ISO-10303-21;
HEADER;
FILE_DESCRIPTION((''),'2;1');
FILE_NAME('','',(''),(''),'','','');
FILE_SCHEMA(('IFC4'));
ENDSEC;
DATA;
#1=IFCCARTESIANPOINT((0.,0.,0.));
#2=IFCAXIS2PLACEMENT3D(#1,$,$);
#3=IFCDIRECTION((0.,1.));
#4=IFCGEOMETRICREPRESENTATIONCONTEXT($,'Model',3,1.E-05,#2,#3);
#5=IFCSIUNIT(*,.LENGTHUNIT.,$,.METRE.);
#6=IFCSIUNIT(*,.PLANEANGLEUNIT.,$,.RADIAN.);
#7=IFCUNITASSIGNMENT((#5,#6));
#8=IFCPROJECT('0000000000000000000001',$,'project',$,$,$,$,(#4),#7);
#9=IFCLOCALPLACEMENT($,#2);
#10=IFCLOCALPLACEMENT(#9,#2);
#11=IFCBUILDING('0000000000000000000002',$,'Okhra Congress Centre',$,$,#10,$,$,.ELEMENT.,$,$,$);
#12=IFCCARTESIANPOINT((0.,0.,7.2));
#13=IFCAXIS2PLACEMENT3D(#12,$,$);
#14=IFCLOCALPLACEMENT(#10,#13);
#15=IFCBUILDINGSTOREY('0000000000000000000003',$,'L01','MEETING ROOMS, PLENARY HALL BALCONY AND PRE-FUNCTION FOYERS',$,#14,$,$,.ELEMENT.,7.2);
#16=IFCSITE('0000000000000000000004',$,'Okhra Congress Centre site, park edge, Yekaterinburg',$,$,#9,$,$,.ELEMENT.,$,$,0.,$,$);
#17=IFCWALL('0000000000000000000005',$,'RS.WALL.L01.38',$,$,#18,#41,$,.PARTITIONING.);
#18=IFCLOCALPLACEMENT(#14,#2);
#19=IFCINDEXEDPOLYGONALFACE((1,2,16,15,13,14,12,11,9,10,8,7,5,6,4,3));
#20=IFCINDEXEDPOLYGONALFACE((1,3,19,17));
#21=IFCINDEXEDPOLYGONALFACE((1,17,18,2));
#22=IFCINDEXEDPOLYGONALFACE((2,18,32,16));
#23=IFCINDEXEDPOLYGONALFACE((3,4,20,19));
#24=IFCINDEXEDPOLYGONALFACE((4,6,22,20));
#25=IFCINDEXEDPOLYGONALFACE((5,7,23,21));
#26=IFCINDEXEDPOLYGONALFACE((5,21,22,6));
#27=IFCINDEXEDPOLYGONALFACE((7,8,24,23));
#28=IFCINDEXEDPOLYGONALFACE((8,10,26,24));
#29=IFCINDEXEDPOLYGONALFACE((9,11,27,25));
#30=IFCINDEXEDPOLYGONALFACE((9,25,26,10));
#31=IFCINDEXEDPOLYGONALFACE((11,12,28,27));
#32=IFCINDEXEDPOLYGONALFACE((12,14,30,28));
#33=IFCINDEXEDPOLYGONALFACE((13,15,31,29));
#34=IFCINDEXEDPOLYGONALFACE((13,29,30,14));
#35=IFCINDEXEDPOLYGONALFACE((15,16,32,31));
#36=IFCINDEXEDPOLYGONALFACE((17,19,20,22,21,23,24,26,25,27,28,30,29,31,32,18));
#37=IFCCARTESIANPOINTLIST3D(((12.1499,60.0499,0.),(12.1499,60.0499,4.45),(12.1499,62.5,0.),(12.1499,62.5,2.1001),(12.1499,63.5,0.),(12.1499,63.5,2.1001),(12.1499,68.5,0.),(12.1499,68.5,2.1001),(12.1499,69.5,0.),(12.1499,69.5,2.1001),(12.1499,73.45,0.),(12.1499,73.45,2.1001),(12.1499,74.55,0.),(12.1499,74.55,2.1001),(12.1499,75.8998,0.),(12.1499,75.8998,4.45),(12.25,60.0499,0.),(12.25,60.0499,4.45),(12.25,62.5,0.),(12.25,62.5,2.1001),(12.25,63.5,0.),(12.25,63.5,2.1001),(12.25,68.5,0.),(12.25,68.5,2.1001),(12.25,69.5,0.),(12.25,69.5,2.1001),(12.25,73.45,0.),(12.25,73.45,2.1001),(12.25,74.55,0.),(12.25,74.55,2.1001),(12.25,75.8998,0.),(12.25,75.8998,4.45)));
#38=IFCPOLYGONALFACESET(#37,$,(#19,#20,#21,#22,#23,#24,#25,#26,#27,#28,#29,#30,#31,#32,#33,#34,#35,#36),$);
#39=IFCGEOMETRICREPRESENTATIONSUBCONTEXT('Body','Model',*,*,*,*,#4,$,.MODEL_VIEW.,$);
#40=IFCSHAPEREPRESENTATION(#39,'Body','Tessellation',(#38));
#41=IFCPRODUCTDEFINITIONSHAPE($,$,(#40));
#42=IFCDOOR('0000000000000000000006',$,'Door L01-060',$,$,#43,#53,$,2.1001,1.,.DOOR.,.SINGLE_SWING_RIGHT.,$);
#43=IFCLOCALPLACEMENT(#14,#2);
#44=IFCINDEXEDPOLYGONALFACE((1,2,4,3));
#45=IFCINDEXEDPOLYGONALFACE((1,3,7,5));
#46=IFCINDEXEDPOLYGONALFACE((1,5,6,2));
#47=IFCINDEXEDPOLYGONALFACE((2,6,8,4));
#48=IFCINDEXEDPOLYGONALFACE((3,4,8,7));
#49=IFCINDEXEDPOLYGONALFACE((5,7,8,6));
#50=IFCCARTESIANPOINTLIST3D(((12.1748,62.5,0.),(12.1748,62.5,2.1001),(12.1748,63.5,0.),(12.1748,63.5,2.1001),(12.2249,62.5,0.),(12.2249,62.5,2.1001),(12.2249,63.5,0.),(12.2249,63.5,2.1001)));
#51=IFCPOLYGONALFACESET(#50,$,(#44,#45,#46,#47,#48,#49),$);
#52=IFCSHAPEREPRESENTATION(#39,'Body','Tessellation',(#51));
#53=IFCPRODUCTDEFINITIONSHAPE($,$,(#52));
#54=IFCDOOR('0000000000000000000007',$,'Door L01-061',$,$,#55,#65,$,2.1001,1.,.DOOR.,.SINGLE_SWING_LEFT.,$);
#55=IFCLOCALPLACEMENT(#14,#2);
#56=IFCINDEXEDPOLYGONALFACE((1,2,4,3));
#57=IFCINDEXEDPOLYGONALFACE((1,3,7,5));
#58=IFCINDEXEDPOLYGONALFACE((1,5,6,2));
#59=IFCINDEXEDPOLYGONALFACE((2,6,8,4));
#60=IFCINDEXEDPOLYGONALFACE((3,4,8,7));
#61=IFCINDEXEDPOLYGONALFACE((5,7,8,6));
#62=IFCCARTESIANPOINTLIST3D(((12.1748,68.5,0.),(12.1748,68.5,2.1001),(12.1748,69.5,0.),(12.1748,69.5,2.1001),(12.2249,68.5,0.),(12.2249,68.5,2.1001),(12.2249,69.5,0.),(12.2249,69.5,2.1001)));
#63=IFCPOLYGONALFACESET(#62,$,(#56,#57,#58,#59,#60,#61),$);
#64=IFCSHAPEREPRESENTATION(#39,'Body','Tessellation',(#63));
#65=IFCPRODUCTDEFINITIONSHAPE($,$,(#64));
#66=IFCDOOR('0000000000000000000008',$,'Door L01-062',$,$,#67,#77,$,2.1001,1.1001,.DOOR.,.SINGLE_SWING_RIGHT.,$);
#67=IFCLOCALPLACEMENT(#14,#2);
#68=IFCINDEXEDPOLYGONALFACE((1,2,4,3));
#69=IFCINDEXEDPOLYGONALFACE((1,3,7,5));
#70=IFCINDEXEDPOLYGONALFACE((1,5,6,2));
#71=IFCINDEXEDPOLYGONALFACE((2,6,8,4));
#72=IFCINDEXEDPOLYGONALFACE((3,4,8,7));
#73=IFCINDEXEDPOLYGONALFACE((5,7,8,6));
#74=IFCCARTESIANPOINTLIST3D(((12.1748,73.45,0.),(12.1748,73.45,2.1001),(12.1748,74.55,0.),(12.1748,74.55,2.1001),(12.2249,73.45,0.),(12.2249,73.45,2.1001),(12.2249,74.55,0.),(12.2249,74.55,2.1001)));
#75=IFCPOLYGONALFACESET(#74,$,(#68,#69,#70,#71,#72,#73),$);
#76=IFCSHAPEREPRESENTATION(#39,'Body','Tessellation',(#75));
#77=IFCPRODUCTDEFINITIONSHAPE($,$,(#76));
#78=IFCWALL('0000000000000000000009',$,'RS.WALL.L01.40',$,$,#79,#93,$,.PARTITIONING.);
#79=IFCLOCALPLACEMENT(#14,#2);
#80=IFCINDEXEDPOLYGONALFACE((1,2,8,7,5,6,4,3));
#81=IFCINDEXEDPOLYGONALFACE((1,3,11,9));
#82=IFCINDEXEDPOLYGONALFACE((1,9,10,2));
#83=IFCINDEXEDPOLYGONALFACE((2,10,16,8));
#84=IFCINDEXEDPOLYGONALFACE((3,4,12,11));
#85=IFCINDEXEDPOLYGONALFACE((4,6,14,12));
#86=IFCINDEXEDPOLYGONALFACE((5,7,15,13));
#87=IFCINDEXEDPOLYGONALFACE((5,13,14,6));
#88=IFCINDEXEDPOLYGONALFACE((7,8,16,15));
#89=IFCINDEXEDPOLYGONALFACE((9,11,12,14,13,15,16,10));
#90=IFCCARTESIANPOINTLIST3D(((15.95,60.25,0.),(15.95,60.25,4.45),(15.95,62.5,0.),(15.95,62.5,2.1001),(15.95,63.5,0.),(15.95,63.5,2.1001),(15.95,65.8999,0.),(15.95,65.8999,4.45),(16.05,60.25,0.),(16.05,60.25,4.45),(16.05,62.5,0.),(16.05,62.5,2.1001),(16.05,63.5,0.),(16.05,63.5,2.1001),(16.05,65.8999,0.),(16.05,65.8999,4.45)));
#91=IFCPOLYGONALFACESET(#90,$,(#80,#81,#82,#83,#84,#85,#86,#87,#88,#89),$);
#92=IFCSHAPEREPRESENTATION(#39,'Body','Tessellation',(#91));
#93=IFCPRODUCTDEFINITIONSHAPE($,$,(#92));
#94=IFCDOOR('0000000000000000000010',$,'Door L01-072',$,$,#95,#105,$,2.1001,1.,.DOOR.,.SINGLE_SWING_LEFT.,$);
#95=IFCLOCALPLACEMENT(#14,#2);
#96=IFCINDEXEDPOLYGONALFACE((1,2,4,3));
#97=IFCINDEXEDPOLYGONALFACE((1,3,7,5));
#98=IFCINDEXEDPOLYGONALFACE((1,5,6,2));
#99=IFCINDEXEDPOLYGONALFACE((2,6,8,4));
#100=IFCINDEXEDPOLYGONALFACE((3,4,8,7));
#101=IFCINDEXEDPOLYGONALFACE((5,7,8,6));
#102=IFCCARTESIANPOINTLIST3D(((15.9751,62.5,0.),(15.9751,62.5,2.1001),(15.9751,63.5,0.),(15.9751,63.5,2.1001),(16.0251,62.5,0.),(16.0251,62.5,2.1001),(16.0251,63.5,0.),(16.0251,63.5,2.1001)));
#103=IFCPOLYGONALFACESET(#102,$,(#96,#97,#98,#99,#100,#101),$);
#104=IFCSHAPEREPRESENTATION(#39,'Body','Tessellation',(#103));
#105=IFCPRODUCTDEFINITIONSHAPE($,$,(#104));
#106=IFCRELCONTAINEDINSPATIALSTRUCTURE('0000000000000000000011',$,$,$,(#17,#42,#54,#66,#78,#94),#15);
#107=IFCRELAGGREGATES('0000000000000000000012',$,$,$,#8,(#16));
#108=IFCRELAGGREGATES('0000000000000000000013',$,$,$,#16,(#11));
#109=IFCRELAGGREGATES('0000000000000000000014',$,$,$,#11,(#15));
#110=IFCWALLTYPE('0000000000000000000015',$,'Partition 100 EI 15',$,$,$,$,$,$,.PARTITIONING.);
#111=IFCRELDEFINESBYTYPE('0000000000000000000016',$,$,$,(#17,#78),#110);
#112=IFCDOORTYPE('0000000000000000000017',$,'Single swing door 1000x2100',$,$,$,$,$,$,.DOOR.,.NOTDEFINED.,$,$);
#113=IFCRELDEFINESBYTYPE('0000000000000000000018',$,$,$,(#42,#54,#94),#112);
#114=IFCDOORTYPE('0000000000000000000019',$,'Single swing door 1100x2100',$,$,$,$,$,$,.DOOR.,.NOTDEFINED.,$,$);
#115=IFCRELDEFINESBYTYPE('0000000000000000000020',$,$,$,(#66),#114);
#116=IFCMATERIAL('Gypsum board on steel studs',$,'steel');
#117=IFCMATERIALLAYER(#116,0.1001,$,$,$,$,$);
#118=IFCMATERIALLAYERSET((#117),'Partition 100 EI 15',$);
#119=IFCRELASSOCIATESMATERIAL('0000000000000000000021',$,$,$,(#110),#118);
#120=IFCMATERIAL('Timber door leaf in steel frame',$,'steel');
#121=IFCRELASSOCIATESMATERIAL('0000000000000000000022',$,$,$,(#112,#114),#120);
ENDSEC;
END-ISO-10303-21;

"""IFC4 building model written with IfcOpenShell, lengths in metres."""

from ifc_helpers import new_model, si_unit, direction, frame, frame_2d, origin, place, context, subcontext, project, spatial, rectangle, extrude, material, layer, layer_set, type_object, element, fill, save


model = new_model("IFC4")

# Units and contexts
model_context = context("Model", 3, precision=1e-05, world=origin(), true_north=direction((0.0, 1.0)))
body_context = subcontext(model_context, "Body", "Model", "MODEL_VIEW")
ifc_project = project(units=[si_unit("LENGTHUNIT", "METRE"), si_unit("PLANEANGLEUNIT", "RADIAN")], contexts=[model_context])

# Site, building, storey
site_placement = place(None, origin())
site = spatial("IfcSite", under=ifc_project, at=site_placement, Name="Okhra Congress Centre site, park edge, Yekaterinburg", CompositionType="ELEMENT", RefElevation=0.0)
building_placement = place(site_placement, origin())
building = spatial("IfcBuilding", under=site, at=building_placement, Name="Okhra Congress Centre", CompositionType="ELEMENT")
storey_placement = place(building_placement, frame((0.0, 0.0, 7.2)))
storey = spatial("IfcBuildingStorey", under=building, at=storey_placement, Name="L01", Description="MEETING ROOMS, PLENARY HALL BALCONY AND PRE-FUNCTION FOYERS", CompositionType="ELEMENT", Elevation=7.2)

# Shared definitions
ifc_material_1 = material(Name="Gypsum board on steel studs", Category="steel")
ifc_layer_1 = layer(ifc_material_1, 0.1001)
ifc_layer_set_1 = layer_set([ifc_layer_1], Name="Partition 100 EI 15")
wall_type_1 = type_object("IfcWallType", Name="Partition 100 EI 15", PredefinedType="PARTITIONING", material=ifc_layer_set_1)

# Wall, openings, doors
wall_1_placement = place(storey_placement, frame((12.2, 60.05, 0.0), z_axis=(0.0, 0.0, 1.0), x_axis=(0.0, 1.0, 0.0)))
wall_1 = element("IfcWall", 1, at=wall_1_placement, inside=storey, type_object=wall_type_1, Name="RS.WALL.L01.38", PredefinedType="PARTITIONING", context=body_context, shape_type="SweptSolid", body=[
    extrude(rectangle(XDim=15.8499, YDim=0.1001, at=frame_2d((7.9248, 0.0))), origin(), (0.0, 0.0, 1.0), 4.45),
])
opening_1_placement = place(wall_1_placement, frame((2.45, 0.0, 0.0)))
opening_1 = element("IfcOpeningElement", 2, at=opening_1_placement, cuts=wall_1, PredefinedType="OPENING", context=body_context, shape_type="SweptSolid", body=[
    extrude(rectangle(XDim=1.0, YDim=2.1001, at=frame_2d((0.5, 1.05))), frame((0.0, 0.0601, 0.0), z_axis=(0.0, -1.0, 0.0), x_axis=(1.0, 0.0, 0.0)), (0.0, 0.0, 1.0), 0.1201),
])
opening_2_placement = place(wall_1_placement, frame((8.45, 0.0, 0.0)))
opening_2 = element("IfcOpeningElement", 3, at=opening_2_placement, cuts=wall_1, PredefinedType="OPENING", context=body_context, shape_type="SweptSolid", body=[
    extrude(rectangle(XDim=1.0, YDim=2.1001, at=frame_2d((0.5, 1.05))), frame((0.0, 0.0601, 0.0), z_axis=(0.0, -1.0, 0.0), x_axis=(1.0, 0.0, 0.0)), (0.0, 0.0, 1.0), 0.1201),
])
opening_3_placement = place(wall_1_placement, frame((13.3999, 0.0, 0.0)))
opening_3 = element("IfcOpeningElement", 4, at=opening_3_placement, cuts=wall_1, PredefinedType="OPENING", context=body_context, shape_type="SweptSolid", body=[
    extrude(rectangle(XDim=1.1001, YDim=2.1001, at=frame_2d((0.55, 1.05))), frame((0.0, 0.0601, 0.0), z_axis=(0.0, -1.0, 0.0), x_axis=(1.0, 0.0, 0.0)), (0.0, 0.0, 1.0), 0.1201),
])
ifc_material_2 = material(Name="Timber door leaf in steel frame", Category="steel")
door_type_1 = type_object("IfcDoorType", Name="Single swing door 1000x2100", OperationType="NOTDEFINED", PredefinedType="DOOR", material=ifc_material_2)
door_1_placement = place(opening_1_placement, frame((1.0, 0.0, 0.0), z_axis=(0.0, 0.0, 1.0), x_axis=(-1.0, 0.0, 0.0)))
door_1 = element("IfcDoor", 5, at=door_1_placement, inside=storey, type_object=door_type_1, Name="Door L01-060", OperationType="SINGLE_SWING_RIGHT", OverallHeight=2.1001, OverallWidth=1.0, PredefinedType="DOOR", context=body_context, shape_type="SweptSolid", body=[
    extrude(rectangle(XDim=1.0, YDim=2.1001, at=frame_2d((0.5, 1.05))), frame((0.0, 0.0249, 0.0), z_axis=(0.0, -1.0, 0.0), x_axis=(1.0, 0.0, 0.0)), (0.0, 0.0, 1.0), 0.05),
])
fill(opening_1, door_1)
door_2_placement = place(opening_2_placement, frame((1.0, 0.0, 0.0), z_axis=(0.0, 0.0, 1.0), x_axis=(-1.0, 0.0, 0.0)))
door_2 = element("IfcDoor", 6, at=door_2_placement, inside=storey, type_object=door_type_1, Name="Door L01-061", OperationType="SINGLE_SWING_LEFT", OverallHeight=2.1001, OverallWidth=1.0, PredefinedType="DOOR", context=body_context, shape_type="SweptSolid", body=[
    extrude(rectangle(XDim=1.0, YDim=2.1001, at=frame_2d((0.5, 1.05))), frame((0.0, 0.0249, 0.0), z_axis=(0.0, -1.0, 0.0), x_axis=(1.0, 0.0, 0.0)), (0.0, 0.0, 1.0), 0.05),
])
fill(opening_2, door_2)
door_type_2 = type_object("IfcDoorType", Name="Single swing door 1100x2100", OperationType="NOTDEFINED", PredefinedType="DOOR", material=ifc_material_2)
door_3_placement = place(opening_3_placement, frame((1.1001, 0.0, 0.0), z_axis=(0.0, 0.0, 1.0), x_axis=(-1.0, 0.0, 0.0)))
door_3 = element("IfcDoor", 7, at=door_3_placement, inside=storey, type_object=door_type_2, Name="Door L01-062", OperationType="SINGLE_SWING_RIGHT", OverallHeight=2.1001, OverallWidth=1.1001, PredefinedType="DOOR", context=body_context, shape_type="SweptSolid", body=[
    extrude(rectangle(XDim=1.1001, YDim=2.1001, at=frame_2d((0.55, 1.05))), frame((0.0, 0.0249, 0.0), z_axis=(0.0, -1.0, 0.0), x_axis=(1.0, 0.0, 0.0)), (0.0, 0.0, 1.0), 0.05),
])
fill(opening_3, door_3)

# Wall, opening, door
wall_2_placement = place(storey_placement, frame((16.0, 60.25, 0.0), z_axis=(0.0, 0.0, 1.0), x_axis=(0.0, 1.0, 0.0)))
wall_2 = element("IfcWall", 8, at=wall_2_placement, inside=storey, type_object=wall_type_1, Name="RS.WALL.L01.40", PredefinedType="PARTITIONING", context=body_context, shape_type="SweptSolid", body=[
    extrude(rectangle(XDim=5.6499, YDim=0.1001, at=frame_2d((2.825, 0.0))), origin(), (0.0, 0.0, 1.0), 4.45),
])
opening_4_placement = place(wall_2_placement, frame((2.25, 0.0, 0.0)))
opening_4 = element("IfcOpeningElement", 9, at=opening_4_placement, cuts=wall_2, PredefinedType="OPENING", context=body_context, shape_type="SweptSolid", body=[
    extrude(rectangle(XDim=1.0, YDim=2.1001, at=frame_2d((0.5, 1.05))), frame((0.0, 0.0601, 0.0), z_axis=(0.0, -1.0, 0.0), x_axis=(1.0, 0.0, 0.0)), (0.0, 0.0, 1.0), 0.1201),
])
door_4_placement = place(opening_4_placement, origin())
door_4 = element("IfcDoor", 10, at=door_4_placement, inside=storey, type_object=door_type_1, Name="Door L01-072", OperationType="SINGLE_SWING_LEFT", OverallHeight=2.1001, OverallWidth=1.0, PredefinedType="DOOR", context=body_context, shape_type="SweptSolid", body=[
    extrude(rectangle(XDim=1.0, YDim=2.1001, at=frame_2d((0.5, 1.05))), frame((0.0, 0.0249, 0.0), z_axis=(0.0, -1.0, 0.0), x_axis=(1.0, 0.0, 0.0)), (0.0, 0.0, 1.0), 0.05),
])
fill(opening_4, door_4)

save(model, "model.ifc")
